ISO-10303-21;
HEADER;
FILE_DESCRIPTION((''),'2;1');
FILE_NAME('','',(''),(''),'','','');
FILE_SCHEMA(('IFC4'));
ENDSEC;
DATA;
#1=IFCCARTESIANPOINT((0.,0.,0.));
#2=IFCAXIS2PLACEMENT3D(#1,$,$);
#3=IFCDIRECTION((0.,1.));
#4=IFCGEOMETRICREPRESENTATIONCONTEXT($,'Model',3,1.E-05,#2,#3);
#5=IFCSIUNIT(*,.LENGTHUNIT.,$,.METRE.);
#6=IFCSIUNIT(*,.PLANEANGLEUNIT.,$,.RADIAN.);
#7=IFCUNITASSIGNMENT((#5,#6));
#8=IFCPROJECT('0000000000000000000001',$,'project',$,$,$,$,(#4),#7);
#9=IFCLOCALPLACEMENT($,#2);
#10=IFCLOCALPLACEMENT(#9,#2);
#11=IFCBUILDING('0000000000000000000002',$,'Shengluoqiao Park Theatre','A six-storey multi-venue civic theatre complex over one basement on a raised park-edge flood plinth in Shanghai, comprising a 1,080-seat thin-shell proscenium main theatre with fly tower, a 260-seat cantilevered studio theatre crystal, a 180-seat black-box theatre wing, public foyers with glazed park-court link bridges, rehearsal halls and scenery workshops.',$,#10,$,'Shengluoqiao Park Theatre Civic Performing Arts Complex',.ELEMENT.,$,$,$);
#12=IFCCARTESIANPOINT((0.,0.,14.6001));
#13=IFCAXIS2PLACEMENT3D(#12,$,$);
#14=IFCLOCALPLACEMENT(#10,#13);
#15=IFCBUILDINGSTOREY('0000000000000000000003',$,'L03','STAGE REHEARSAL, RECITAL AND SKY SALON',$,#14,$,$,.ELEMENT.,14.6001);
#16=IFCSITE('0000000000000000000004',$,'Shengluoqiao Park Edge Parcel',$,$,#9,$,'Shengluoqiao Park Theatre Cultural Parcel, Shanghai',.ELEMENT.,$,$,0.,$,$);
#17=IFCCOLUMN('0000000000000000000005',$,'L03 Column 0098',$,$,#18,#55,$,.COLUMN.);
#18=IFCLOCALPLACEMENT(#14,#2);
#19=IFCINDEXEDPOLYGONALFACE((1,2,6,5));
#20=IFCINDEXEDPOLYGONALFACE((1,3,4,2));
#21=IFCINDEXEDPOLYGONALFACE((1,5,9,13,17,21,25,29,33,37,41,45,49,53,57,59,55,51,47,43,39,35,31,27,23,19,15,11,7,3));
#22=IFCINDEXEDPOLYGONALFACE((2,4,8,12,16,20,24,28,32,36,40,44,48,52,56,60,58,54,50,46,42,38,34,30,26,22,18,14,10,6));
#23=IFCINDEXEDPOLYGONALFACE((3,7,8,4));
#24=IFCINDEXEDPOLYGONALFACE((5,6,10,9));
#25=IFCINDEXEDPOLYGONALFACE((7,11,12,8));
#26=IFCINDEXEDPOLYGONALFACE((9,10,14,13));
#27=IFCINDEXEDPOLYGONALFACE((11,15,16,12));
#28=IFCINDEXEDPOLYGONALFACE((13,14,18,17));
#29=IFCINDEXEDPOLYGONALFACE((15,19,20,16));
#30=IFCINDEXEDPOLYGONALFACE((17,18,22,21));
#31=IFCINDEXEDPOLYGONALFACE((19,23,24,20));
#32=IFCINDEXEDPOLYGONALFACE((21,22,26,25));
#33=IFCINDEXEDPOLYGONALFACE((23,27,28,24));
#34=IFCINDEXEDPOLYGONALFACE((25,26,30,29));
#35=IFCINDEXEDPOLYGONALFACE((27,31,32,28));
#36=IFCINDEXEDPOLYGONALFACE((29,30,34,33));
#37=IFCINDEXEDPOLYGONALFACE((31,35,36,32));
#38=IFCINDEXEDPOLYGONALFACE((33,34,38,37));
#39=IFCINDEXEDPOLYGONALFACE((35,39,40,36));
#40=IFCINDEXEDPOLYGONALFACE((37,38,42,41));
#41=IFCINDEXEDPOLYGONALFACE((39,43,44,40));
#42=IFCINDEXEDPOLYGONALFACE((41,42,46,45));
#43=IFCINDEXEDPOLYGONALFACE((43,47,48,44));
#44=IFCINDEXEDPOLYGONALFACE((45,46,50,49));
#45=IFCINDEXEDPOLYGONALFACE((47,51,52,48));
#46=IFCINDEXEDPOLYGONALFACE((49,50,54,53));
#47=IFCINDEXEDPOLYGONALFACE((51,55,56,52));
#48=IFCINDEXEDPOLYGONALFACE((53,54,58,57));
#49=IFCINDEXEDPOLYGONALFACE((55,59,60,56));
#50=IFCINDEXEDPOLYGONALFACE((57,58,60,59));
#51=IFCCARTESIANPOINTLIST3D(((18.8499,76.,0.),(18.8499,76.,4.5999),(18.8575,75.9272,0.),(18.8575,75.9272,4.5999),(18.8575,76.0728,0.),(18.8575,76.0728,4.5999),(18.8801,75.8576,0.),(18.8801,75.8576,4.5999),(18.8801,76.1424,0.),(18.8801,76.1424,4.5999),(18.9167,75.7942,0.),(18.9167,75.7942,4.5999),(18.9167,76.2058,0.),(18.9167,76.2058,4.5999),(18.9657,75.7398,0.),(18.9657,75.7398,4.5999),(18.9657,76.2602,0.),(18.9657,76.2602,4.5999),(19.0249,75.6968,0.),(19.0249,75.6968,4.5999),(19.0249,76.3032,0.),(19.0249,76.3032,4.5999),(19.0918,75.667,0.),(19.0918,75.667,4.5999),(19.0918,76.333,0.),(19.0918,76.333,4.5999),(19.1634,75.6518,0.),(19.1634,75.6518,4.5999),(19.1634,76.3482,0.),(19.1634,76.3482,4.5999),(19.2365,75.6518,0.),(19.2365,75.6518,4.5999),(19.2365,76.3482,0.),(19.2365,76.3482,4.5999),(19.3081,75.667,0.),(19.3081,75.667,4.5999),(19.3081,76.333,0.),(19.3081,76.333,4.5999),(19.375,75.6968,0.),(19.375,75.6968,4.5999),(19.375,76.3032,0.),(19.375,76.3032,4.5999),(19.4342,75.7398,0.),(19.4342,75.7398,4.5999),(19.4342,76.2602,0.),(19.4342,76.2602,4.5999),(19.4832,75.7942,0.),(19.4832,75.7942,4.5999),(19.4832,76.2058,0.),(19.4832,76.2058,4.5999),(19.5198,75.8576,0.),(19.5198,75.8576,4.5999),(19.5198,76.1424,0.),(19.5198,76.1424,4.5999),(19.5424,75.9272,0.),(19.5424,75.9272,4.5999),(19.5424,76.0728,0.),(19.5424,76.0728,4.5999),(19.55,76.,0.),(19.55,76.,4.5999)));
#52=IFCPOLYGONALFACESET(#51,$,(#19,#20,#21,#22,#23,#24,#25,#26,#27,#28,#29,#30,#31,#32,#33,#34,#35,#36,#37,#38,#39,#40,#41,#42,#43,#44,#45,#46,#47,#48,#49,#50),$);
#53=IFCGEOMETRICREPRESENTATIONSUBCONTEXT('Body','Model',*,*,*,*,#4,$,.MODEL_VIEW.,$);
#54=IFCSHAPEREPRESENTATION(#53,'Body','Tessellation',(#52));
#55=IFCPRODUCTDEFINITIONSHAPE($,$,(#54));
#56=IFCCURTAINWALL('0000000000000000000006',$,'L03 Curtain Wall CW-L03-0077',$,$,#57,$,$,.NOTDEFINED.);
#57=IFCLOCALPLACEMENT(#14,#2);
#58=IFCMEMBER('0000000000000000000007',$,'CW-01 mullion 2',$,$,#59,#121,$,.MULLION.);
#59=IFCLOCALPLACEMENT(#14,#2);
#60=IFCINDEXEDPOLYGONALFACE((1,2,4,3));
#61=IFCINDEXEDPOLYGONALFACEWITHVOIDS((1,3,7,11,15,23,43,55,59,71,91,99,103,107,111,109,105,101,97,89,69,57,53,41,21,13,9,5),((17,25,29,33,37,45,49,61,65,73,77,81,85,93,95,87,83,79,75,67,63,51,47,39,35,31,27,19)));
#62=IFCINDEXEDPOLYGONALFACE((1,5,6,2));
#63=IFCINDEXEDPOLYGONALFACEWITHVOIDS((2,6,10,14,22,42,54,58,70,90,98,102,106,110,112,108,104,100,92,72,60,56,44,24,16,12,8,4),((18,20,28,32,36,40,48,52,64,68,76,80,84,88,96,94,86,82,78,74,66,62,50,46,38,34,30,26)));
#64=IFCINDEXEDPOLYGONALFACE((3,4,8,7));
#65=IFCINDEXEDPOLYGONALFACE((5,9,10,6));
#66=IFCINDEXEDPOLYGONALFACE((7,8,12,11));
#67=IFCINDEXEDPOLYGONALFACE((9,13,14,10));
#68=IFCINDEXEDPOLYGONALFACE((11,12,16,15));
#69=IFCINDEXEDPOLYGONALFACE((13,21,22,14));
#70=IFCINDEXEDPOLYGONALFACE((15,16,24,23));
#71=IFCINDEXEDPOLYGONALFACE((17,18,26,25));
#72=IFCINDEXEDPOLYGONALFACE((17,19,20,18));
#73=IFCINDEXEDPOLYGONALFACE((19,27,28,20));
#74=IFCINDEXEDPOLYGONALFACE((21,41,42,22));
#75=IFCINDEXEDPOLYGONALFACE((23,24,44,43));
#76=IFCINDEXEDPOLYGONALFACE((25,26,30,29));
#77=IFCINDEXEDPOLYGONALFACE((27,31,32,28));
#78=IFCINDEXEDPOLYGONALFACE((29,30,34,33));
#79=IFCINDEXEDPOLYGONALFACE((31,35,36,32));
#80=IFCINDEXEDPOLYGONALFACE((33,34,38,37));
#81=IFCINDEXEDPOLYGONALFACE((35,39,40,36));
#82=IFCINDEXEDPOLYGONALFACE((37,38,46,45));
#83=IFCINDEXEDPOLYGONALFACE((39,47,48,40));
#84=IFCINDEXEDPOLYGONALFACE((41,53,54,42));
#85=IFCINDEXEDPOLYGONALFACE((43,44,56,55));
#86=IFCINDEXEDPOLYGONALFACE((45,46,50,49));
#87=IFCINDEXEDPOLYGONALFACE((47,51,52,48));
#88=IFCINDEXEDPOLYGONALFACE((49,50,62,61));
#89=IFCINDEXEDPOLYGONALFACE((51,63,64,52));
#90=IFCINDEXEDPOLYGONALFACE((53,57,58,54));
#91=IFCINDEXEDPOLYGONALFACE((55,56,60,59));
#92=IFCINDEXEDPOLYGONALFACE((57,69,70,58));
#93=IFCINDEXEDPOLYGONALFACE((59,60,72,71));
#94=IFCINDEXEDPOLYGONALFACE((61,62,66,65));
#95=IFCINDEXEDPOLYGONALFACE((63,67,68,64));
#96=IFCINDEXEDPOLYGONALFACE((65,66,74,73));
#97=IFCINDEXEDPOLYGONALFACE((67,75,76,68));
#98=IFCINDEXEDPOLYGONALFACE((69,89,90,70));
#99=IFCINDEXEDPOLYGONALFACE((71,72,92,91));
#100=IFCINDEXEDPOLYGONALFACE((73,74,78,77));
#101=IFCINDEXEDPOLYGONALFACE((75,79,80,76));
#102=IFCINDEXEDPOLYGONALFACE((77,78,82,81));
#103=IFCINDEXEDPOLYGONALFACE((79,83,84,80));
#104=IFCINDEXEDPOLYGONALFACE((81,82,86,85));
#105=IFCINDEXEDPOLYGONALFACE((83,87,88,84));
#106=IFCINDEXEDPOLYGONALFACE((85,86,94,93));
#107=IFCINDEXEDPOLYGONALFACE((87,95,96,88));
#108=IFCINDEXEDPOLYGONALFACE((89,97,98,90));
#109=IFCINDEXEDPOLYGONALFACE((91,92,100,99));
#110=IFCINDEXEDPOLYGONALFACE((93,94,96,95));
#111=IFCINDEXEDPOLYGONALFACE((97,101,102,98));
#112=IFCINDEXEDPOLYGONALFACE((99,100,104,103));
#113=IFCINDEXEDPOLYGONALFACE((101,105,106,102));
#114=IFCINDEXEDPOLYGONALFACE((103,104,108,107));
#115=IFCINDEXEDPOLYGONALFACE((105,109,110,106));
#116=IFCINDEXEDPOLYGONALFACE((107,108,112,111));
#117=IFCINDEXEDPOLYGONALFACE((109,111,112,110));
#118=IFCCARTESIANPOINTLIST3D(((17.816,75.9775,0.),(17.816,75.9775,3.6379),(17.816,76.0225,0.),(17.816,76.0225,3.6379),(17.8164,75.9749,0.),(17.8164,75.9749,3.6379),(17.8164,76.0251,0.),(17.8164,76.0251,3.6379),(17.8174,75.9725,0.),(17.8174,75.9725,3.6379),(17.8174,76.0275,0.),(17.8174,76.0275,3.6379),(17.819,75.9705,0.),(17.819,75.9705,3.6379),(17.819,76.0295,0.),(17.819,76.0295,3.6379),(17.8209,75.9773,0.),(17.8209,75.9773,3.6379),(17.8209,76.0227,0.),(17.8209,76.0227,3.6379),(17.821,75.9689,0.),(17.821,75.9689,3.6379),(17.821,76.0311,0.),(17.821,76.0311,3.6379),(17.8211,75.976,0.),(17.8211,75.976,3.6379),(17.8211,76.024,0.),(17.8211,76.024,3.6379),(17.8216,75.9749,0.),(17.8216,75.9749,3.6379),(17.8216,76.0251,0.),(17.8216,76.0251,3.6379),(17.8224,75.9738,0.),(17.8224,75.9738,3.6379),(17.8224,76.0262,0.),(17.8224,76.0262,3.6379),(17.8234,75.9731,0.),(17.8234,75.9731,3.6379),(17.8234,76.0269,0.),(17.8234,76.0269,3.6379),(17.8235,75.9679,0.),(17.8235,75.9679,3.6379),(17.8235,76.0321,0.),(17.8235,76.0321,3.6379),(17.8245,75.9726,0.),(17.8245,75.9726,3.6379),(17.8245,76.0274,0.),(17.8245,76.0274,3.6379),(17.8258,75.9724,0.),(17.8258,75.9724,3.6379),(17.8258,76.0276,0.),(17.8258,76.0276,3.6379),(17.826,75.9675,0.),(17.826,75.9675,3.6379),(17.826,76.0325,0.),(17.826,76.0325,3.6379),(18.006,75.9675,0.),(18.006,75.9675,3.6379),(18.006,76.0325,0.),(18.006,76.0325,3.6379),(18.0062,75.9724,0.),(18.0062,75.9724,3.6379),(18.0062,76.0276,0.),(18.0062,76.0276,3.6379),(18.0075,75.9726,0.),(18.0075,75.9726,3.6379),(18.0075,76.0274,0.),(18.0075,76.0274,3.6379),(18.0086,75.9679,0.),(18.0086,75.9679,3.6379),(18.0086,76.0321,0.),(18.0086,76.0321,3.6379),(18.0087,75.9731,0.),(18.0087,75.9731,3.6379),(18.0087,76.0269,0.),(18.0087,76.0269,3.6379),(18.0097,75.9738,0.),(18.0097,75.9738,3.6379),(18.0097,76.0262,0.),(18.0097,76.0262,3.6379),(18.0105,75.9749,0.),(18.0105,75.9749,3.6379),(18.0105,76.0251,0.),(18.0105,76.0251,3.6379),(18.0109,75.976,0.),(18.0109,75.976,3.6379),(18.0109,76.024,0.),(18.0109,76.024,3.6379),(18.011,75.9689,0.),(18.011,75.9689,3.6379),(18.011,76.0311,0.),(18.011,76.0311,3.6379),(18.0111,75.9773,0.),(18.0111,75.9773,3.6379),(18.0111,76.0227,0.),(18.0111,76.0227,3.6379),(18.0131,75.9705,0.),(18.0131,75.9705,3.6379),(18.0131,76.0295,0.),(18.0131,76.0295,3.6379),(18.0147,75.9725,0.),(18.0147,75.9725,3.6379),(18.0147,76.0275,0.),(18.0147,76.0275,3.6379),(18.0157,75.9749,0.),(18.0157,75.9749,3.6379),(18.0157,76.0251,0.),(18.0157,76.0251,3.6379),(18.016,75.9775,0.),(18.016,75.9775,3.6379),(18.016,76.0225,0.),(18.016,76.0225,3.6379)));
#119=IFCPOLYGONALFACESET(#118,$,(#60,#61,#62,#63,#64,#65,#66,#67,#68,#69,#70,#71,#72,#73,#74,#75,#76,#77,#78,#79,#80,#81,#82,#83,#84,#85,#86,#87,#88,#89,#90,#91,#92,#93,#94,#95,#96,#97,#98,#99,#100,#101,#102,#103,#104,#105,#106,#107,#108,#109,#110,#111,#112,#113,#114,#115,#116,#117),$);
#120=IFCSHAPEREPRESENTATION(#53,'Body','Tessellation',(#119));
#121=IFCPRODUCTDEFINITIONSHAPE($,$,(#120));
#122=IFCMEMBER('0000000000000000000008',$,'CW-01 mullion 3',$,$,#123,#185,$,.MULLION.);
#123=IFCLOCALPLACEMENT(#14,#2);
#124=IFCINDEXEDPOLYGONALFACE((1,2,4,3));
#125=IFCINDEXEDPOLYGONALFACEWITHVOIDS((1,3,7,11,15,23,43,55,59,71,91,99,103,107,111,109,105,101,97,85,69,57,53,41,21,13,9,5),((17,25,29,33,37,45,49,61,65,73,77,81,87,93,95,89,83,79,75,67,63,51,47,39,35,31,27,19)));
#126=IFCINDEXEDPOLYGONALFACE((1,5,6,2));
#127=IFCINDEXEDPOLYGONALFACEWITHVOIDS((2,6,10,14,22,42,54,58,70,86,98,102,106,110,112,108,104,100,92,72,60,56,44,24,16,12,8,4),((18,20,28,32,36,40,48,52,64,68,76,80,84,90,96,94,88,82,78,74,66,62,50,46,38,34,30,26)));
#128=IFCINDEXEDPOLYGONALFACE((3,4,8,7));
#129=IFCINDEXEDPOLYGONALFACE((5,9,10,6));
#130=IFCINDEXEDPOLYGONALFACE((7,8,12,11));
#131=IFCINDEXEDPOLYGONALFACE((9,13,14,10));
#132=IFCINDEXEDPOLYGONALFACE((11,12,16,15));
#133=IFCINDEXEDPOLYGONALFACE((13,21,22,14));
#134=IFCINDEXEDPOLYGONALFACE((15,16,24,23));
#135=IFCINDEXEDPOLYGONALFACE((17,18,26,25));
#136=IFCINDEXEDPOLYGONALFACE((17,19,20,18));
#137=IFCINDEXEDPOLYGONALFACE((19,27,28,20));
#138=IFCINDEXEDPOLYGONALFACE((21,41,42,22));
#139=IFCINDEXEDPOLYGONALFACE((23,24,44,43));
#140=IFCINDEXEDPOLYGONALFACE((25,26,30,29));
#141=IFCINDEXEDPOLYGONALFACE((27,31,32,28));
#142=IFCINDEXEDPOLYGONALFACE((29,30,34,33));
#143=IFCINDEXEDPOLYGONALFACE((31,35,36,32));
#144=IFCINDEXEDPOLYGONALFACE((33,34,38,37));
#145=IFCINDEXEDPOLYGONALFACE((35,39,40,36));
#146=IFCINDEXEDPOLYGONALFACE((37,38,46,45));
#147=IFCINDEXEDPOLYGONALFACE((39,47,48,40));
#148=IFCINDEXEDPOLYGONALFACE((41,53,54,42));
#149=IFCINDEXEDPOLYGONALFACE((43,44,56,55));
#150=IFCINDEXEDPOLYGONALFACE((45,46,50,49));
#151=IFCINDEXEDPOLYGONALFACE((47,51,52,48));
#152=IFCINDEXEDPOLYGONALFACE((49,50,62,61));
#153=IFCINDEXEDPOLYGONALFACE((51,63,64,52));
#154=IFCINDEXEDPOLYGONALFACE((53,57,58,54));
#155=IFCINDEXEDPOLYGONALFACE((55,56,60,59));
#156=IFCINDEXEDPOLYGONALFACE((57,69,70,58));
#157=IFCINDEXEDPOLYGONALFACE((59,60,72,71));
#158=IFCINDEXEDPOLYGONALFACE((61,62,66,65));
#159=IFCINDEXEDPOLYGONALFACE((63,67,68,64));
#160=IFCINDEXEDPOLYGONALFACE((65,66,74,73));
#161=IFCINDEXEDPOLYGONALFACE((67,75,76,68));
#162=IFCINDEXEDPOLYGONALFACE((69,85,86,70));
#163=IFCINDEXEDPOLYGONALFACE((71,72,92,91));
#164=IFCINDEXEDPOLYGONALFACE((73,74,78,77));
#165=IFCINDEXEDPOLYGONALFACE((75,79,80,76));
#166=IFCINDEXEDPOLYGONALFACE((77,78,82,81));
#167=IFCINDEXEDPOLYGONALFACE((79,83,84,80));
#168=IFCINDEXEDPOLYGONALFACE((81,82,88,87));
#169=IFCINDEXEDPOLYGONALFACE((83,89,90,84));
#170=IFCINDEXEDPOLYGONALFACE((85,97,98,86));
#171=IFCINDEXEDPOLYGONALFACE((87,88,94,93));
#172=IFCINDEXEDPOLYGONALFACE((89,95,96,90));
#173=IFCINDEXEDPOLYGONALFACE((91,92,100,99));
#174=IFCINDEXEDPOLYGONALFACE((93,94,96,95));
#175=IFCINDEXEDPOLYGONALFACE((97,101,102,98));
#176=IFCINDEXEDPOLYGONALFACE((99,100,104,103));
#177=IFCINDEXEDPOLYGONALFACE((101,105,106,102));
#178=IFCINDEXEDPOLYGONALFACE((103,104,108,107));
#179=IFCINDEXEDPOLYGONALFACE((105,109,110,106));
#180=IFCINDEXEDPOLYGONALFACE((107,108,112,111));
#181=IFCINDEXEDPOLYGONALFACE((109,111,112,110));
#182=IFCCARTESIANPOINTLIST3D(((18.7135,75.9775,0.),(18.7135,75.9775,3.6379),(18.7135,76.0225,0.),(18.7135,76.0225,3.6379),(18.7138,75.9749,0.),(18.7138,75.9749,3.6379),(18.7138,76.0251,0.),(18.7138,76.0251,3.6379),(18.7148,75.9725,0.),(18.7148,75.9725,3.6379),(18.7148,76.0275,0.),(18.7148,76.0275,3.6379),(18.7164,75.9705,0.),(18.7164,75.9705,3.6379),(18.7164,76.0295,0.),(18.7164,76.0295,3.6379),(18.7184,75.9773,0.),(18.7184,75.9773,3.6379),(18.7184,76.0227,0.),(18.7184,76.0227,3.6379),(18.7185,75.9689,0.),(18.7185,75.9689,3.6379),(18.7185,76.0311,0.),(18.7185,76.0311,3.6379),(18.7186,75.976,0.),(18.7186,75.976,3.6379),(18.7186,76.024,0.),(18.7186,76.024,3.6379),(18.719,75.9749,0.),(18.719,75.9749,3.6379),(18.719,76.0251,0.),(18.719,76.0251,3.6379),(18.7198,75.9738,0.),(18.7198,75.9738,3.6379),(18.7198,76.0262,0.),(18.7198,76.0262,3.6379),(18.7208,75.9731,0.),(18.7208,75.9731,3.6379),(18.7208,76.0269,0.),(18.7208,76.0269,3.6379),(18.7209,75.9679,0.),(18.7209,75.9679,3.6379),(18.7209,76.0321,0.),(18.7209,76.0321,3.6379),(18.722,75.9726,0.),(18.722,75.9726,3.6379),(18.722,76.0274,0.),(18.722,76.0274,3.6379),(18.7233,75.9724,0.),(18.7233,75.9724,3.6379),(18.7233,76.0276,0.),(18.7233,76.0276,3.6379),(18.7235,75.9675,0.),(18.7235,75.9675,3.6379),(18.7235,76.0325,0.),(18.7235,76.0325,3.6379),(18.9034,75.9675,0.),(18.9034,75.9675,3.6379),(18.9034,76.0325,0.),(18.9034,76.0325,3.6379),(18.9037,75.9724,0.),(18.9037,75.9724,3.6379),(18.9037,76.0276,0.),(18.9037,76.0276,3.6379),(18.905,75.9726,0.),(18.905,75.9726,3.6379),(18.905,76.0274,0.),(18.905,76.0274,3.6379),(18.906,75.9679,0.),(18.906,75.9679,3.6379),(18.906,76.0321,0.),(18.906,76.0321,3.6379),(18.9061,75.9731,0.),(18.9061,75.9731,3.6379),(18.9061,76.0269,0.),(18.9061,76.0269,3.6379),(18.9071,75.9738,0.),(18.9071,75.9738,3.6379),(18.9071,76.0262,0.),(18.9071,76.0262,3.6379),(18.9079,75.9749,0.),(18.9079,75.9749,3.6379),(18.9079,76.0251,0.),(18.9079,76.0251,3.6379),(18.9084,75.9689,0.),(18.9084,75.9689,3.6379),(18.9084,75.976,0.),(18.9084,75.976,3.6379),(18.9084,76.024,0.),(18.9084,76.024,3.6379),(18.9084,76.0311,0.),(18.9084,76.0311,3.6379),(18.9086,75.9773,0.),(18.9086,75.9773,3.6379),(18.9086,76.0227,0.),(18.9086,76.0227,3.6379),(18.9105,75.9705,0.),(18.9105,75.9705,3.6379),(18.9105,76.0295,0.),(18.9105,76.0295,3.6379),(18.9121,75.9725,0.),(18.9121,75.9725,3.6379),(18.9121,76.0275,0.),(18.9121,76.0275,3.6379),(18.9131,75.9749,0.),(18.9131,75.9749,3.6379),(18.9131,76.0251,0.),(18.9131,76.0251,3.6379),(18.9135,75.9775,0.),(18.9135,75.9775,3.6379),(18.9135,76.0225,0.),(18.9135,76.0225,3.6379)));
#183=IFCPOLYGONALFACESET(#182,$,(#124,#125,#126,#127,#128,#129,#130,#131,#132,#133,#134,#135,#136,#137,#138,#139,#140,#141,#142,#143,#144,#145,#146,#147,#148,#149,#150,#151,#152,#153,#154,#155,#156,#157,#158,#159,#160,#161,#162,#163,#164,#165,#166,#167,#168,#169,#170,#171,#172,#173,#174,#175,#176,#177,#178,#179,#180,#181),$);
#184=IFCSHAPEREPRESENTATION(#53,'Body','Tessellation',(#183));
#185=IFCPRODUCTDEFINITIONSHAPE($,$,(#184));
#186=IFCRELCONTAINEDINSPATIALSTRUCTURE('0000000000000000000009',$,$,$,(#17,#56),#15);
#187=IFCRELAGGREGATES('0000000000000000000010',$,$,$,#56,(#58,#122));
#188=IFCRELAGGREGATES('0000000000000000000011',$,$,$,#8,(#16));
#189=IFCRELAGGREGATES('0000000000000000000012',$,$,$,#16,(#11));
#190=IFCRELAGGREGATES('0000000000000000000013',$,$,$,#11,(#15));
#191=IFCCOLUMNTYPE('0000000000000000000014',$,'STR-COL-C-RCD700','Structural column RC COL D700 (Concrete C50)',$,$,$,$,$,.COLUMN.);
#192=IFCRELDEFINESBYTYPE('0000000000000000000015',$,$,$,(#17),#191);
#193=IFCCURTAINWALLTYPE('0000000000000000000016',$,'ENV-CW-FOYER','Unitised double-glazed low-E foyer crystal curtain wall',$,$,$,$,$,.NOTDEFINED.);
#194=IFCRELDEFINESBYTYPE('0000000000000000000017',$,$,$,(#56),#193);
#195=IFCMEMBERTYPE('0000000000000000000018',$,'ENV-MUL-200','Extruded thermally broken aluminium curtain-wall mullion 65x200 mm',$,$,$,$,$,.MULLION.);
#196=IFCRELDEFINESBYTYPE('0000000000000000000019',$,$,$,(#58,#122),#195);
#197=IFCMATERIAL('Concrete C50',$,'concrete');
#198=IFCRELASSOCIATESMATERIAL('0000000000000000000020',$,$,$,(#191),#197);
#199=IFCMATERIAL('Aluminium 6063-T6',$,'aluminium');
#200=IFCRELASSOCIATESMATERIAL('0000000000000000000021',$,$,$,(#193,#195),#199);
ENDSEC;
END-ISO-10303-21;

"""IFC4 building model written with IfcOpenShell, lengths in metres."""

from ifc_helpers import new_model, si_unit, direction, frame, origin, origin_2d, place, context, subcontext, project, spatial, hollow_rectangle, circle, extrude, material, material_profile, profile_set, type_object, element, aggregate, save


model = new_model("IFC4")

# Units and contexts
model_context = context("Model", 3, precision=1e-05, world=origin(), true_north=direction((0.0, 1.0)))
body_context = subcontext(model_context, "Body", "Model", "MODEL_VIEW")
ifc_project = project(units=[si_unit("LENGTHUNIT", "METRE"), si_unit("PLANEANGLEUNIT", "RADIAN")], contexts=[model_context])

# Site, building, storey
site_placement = place(None, origin())
site = spatial("IfcSite", under=ifc_project, at=site_placement, Name="Shengluoqiao Park Edge Parcel", LongName="Shengluoqiao Park Theatre Cultural Parcel, Shanghai", CompositionType="ELEMENT", RefElevation=0.0)
building_placement = place(site_placement, origin())
building = spatial("IfcBuilding", under=site, at=building_placement, Name="Shengluoqiao Park Theatre", Description="A six-storey multi-venue civic theatre complex over one basement on a raised park-edge flood plinth in Shanghai, comprising a 1,080-seat thin-shell proscenium main theatre with fly tower, a 260-seat cantilevered studio theatre crystal, a 180-seat black-box theatre wing, public foyers with glazed park-court link bridges, rehearsal halls and scenery workshops.", LongName="Shengluoqiao Park Theatre Civic Performing Arts Complex", CompositionType="ELEMENT")
storey_placement = place(building_placement, frame((0.0, 0.0, 14.6001)))
storey = spatial("IfcBuildingStorey", under=building, at=storey_placement, Name="L03", Description="STAGE REHEARSAL, RECITAL AND SKY SALON", CompositionType="ELEMENT", Elevation=14.6001)

# Column
ifc_material_1 = material(Name="Concrete C50", Category="concrete")
ifc_material_profile_1 = material_profile(ifc_material_1, circle(Radius=0.3501, at=origin_2d()), Name="RC COL D700")
ifc_profile_set_1 = profile_set([ifc_material_profile_1], Name="Concrete C50")
column_type = type_object("IfcColumnType", Name="STR-COL-C-RCD700", Description="Structural column RC COL D700 (Concrete C50)", PredefinedType="COLUMN", material=ifc_profile_set_1)
column_placement = place(storey_placement, frame((19.2, 76.0, 0.0), z_axis=(0.0, 0.0, 1.0), x_axis=(1.0, 0.0, 0.0)))
element("IfcColumn", 1, at=column_placement, inside=storey, type_object=column_type, Name="L03 Column 0098", PredefinedType="COLUMN", context=body_context, shape_type="SweptSolid", body=[
    extrude(circle(Radius=0.3501, at=origin_2d()), origin(), (0.0, 0.0, 1.0), 4.5999),
])

# Curtain wall, members
ifc_material_2 = material(Name="Aluminium 6063-T6", Category="aluminium")
curtain_wall_type = type_object("IfcCurtainWallType", Name="ENV-CW-FOYER", Description="Unitised double-glazed low-E foyer crystal curtain wall", PredefinedType="NOTDEFINED", material=ifc_material_2)
curtain_wall_1_placement = place(storey_placement, origin())
curtain_wall_1 = element("IfcCurtainWall", 2, at=curtain_wall_1_placement, inside=storey, type_object=curtain_wall_type, Name="L03 Curtain Wall CW-L03-0077", PredefinedType="NOTDEFINED")
ifc_material_profile_2 = material_profile(ifc_material_2, hollow_rectangle(XDim=0.0649, YDim=0.2, WallThickness=0.0049, InnerFilletRadius=0.0049, OuterFilletRadius=0.01, at=origin_2d()), Name="ALU MULLION 200x65x5")
ifc_profile_set_2 = profile_set([ifc_material_profile_2], Name="Aluminium 6063-T6")
member_type_1 = type_object("IfcMemberType", Name="ENV-MUL-200", Description="Extruded thermally broken aluminium curtain-wall mullion 65x200 mm", PredefinedType="MULLION", material=ifc_profile_set_2)
member_1_placement = place(storey_placement, frame((17.916, 76.0, 0.0), z_axis=(0.0, 0.0, 1.0), x_axis=(0.0, 1.0, 0.0)))
member_1 = element("IfcMember", 3, at=member_1_placement, type_object=member_type_1, Name="CW-01 mullion 2", PredefinedType="MULLION", context=body_context, shape_type="SweptSolid", body=[
    extrude(hollow_rectangle(XDim=0.0649, YDim=0.2, WallThickness=0.0049, InnerFilletRadius=0.0049, OuterFilletRadius=0.01, at=origin_2d()), origin(), (0.0, 0.0, 1.0), 3.6379),
])
member_2_placement = place(storey_placement, frame((18.8135, 76.0, 0.0), z_axis=(0.0, 0.0, 1.0), x_axis=(0.0, 1.0, 0.0)))
member_2 = element("IfcMember", 4, at=member_2_placement, type_object=member_type_1, Name="CW-01 mullion 3", PredefinedType="MULLION", context=body_context, shape_type="SweptSolid", body=[
    extrude(hollow_rectangle(XDim=0.0649, YDim=0.2, WallThickness=0.0049, InnerFilletRadius=0.0049, OuterFilletRadius=0.01, at=origin_2d()), origin(), (0.0, 0.0, 1.0), 3.6379),
])

aggregate(curtain_wall_1, [member_1, member_2])

save(model, "model.ifc")
